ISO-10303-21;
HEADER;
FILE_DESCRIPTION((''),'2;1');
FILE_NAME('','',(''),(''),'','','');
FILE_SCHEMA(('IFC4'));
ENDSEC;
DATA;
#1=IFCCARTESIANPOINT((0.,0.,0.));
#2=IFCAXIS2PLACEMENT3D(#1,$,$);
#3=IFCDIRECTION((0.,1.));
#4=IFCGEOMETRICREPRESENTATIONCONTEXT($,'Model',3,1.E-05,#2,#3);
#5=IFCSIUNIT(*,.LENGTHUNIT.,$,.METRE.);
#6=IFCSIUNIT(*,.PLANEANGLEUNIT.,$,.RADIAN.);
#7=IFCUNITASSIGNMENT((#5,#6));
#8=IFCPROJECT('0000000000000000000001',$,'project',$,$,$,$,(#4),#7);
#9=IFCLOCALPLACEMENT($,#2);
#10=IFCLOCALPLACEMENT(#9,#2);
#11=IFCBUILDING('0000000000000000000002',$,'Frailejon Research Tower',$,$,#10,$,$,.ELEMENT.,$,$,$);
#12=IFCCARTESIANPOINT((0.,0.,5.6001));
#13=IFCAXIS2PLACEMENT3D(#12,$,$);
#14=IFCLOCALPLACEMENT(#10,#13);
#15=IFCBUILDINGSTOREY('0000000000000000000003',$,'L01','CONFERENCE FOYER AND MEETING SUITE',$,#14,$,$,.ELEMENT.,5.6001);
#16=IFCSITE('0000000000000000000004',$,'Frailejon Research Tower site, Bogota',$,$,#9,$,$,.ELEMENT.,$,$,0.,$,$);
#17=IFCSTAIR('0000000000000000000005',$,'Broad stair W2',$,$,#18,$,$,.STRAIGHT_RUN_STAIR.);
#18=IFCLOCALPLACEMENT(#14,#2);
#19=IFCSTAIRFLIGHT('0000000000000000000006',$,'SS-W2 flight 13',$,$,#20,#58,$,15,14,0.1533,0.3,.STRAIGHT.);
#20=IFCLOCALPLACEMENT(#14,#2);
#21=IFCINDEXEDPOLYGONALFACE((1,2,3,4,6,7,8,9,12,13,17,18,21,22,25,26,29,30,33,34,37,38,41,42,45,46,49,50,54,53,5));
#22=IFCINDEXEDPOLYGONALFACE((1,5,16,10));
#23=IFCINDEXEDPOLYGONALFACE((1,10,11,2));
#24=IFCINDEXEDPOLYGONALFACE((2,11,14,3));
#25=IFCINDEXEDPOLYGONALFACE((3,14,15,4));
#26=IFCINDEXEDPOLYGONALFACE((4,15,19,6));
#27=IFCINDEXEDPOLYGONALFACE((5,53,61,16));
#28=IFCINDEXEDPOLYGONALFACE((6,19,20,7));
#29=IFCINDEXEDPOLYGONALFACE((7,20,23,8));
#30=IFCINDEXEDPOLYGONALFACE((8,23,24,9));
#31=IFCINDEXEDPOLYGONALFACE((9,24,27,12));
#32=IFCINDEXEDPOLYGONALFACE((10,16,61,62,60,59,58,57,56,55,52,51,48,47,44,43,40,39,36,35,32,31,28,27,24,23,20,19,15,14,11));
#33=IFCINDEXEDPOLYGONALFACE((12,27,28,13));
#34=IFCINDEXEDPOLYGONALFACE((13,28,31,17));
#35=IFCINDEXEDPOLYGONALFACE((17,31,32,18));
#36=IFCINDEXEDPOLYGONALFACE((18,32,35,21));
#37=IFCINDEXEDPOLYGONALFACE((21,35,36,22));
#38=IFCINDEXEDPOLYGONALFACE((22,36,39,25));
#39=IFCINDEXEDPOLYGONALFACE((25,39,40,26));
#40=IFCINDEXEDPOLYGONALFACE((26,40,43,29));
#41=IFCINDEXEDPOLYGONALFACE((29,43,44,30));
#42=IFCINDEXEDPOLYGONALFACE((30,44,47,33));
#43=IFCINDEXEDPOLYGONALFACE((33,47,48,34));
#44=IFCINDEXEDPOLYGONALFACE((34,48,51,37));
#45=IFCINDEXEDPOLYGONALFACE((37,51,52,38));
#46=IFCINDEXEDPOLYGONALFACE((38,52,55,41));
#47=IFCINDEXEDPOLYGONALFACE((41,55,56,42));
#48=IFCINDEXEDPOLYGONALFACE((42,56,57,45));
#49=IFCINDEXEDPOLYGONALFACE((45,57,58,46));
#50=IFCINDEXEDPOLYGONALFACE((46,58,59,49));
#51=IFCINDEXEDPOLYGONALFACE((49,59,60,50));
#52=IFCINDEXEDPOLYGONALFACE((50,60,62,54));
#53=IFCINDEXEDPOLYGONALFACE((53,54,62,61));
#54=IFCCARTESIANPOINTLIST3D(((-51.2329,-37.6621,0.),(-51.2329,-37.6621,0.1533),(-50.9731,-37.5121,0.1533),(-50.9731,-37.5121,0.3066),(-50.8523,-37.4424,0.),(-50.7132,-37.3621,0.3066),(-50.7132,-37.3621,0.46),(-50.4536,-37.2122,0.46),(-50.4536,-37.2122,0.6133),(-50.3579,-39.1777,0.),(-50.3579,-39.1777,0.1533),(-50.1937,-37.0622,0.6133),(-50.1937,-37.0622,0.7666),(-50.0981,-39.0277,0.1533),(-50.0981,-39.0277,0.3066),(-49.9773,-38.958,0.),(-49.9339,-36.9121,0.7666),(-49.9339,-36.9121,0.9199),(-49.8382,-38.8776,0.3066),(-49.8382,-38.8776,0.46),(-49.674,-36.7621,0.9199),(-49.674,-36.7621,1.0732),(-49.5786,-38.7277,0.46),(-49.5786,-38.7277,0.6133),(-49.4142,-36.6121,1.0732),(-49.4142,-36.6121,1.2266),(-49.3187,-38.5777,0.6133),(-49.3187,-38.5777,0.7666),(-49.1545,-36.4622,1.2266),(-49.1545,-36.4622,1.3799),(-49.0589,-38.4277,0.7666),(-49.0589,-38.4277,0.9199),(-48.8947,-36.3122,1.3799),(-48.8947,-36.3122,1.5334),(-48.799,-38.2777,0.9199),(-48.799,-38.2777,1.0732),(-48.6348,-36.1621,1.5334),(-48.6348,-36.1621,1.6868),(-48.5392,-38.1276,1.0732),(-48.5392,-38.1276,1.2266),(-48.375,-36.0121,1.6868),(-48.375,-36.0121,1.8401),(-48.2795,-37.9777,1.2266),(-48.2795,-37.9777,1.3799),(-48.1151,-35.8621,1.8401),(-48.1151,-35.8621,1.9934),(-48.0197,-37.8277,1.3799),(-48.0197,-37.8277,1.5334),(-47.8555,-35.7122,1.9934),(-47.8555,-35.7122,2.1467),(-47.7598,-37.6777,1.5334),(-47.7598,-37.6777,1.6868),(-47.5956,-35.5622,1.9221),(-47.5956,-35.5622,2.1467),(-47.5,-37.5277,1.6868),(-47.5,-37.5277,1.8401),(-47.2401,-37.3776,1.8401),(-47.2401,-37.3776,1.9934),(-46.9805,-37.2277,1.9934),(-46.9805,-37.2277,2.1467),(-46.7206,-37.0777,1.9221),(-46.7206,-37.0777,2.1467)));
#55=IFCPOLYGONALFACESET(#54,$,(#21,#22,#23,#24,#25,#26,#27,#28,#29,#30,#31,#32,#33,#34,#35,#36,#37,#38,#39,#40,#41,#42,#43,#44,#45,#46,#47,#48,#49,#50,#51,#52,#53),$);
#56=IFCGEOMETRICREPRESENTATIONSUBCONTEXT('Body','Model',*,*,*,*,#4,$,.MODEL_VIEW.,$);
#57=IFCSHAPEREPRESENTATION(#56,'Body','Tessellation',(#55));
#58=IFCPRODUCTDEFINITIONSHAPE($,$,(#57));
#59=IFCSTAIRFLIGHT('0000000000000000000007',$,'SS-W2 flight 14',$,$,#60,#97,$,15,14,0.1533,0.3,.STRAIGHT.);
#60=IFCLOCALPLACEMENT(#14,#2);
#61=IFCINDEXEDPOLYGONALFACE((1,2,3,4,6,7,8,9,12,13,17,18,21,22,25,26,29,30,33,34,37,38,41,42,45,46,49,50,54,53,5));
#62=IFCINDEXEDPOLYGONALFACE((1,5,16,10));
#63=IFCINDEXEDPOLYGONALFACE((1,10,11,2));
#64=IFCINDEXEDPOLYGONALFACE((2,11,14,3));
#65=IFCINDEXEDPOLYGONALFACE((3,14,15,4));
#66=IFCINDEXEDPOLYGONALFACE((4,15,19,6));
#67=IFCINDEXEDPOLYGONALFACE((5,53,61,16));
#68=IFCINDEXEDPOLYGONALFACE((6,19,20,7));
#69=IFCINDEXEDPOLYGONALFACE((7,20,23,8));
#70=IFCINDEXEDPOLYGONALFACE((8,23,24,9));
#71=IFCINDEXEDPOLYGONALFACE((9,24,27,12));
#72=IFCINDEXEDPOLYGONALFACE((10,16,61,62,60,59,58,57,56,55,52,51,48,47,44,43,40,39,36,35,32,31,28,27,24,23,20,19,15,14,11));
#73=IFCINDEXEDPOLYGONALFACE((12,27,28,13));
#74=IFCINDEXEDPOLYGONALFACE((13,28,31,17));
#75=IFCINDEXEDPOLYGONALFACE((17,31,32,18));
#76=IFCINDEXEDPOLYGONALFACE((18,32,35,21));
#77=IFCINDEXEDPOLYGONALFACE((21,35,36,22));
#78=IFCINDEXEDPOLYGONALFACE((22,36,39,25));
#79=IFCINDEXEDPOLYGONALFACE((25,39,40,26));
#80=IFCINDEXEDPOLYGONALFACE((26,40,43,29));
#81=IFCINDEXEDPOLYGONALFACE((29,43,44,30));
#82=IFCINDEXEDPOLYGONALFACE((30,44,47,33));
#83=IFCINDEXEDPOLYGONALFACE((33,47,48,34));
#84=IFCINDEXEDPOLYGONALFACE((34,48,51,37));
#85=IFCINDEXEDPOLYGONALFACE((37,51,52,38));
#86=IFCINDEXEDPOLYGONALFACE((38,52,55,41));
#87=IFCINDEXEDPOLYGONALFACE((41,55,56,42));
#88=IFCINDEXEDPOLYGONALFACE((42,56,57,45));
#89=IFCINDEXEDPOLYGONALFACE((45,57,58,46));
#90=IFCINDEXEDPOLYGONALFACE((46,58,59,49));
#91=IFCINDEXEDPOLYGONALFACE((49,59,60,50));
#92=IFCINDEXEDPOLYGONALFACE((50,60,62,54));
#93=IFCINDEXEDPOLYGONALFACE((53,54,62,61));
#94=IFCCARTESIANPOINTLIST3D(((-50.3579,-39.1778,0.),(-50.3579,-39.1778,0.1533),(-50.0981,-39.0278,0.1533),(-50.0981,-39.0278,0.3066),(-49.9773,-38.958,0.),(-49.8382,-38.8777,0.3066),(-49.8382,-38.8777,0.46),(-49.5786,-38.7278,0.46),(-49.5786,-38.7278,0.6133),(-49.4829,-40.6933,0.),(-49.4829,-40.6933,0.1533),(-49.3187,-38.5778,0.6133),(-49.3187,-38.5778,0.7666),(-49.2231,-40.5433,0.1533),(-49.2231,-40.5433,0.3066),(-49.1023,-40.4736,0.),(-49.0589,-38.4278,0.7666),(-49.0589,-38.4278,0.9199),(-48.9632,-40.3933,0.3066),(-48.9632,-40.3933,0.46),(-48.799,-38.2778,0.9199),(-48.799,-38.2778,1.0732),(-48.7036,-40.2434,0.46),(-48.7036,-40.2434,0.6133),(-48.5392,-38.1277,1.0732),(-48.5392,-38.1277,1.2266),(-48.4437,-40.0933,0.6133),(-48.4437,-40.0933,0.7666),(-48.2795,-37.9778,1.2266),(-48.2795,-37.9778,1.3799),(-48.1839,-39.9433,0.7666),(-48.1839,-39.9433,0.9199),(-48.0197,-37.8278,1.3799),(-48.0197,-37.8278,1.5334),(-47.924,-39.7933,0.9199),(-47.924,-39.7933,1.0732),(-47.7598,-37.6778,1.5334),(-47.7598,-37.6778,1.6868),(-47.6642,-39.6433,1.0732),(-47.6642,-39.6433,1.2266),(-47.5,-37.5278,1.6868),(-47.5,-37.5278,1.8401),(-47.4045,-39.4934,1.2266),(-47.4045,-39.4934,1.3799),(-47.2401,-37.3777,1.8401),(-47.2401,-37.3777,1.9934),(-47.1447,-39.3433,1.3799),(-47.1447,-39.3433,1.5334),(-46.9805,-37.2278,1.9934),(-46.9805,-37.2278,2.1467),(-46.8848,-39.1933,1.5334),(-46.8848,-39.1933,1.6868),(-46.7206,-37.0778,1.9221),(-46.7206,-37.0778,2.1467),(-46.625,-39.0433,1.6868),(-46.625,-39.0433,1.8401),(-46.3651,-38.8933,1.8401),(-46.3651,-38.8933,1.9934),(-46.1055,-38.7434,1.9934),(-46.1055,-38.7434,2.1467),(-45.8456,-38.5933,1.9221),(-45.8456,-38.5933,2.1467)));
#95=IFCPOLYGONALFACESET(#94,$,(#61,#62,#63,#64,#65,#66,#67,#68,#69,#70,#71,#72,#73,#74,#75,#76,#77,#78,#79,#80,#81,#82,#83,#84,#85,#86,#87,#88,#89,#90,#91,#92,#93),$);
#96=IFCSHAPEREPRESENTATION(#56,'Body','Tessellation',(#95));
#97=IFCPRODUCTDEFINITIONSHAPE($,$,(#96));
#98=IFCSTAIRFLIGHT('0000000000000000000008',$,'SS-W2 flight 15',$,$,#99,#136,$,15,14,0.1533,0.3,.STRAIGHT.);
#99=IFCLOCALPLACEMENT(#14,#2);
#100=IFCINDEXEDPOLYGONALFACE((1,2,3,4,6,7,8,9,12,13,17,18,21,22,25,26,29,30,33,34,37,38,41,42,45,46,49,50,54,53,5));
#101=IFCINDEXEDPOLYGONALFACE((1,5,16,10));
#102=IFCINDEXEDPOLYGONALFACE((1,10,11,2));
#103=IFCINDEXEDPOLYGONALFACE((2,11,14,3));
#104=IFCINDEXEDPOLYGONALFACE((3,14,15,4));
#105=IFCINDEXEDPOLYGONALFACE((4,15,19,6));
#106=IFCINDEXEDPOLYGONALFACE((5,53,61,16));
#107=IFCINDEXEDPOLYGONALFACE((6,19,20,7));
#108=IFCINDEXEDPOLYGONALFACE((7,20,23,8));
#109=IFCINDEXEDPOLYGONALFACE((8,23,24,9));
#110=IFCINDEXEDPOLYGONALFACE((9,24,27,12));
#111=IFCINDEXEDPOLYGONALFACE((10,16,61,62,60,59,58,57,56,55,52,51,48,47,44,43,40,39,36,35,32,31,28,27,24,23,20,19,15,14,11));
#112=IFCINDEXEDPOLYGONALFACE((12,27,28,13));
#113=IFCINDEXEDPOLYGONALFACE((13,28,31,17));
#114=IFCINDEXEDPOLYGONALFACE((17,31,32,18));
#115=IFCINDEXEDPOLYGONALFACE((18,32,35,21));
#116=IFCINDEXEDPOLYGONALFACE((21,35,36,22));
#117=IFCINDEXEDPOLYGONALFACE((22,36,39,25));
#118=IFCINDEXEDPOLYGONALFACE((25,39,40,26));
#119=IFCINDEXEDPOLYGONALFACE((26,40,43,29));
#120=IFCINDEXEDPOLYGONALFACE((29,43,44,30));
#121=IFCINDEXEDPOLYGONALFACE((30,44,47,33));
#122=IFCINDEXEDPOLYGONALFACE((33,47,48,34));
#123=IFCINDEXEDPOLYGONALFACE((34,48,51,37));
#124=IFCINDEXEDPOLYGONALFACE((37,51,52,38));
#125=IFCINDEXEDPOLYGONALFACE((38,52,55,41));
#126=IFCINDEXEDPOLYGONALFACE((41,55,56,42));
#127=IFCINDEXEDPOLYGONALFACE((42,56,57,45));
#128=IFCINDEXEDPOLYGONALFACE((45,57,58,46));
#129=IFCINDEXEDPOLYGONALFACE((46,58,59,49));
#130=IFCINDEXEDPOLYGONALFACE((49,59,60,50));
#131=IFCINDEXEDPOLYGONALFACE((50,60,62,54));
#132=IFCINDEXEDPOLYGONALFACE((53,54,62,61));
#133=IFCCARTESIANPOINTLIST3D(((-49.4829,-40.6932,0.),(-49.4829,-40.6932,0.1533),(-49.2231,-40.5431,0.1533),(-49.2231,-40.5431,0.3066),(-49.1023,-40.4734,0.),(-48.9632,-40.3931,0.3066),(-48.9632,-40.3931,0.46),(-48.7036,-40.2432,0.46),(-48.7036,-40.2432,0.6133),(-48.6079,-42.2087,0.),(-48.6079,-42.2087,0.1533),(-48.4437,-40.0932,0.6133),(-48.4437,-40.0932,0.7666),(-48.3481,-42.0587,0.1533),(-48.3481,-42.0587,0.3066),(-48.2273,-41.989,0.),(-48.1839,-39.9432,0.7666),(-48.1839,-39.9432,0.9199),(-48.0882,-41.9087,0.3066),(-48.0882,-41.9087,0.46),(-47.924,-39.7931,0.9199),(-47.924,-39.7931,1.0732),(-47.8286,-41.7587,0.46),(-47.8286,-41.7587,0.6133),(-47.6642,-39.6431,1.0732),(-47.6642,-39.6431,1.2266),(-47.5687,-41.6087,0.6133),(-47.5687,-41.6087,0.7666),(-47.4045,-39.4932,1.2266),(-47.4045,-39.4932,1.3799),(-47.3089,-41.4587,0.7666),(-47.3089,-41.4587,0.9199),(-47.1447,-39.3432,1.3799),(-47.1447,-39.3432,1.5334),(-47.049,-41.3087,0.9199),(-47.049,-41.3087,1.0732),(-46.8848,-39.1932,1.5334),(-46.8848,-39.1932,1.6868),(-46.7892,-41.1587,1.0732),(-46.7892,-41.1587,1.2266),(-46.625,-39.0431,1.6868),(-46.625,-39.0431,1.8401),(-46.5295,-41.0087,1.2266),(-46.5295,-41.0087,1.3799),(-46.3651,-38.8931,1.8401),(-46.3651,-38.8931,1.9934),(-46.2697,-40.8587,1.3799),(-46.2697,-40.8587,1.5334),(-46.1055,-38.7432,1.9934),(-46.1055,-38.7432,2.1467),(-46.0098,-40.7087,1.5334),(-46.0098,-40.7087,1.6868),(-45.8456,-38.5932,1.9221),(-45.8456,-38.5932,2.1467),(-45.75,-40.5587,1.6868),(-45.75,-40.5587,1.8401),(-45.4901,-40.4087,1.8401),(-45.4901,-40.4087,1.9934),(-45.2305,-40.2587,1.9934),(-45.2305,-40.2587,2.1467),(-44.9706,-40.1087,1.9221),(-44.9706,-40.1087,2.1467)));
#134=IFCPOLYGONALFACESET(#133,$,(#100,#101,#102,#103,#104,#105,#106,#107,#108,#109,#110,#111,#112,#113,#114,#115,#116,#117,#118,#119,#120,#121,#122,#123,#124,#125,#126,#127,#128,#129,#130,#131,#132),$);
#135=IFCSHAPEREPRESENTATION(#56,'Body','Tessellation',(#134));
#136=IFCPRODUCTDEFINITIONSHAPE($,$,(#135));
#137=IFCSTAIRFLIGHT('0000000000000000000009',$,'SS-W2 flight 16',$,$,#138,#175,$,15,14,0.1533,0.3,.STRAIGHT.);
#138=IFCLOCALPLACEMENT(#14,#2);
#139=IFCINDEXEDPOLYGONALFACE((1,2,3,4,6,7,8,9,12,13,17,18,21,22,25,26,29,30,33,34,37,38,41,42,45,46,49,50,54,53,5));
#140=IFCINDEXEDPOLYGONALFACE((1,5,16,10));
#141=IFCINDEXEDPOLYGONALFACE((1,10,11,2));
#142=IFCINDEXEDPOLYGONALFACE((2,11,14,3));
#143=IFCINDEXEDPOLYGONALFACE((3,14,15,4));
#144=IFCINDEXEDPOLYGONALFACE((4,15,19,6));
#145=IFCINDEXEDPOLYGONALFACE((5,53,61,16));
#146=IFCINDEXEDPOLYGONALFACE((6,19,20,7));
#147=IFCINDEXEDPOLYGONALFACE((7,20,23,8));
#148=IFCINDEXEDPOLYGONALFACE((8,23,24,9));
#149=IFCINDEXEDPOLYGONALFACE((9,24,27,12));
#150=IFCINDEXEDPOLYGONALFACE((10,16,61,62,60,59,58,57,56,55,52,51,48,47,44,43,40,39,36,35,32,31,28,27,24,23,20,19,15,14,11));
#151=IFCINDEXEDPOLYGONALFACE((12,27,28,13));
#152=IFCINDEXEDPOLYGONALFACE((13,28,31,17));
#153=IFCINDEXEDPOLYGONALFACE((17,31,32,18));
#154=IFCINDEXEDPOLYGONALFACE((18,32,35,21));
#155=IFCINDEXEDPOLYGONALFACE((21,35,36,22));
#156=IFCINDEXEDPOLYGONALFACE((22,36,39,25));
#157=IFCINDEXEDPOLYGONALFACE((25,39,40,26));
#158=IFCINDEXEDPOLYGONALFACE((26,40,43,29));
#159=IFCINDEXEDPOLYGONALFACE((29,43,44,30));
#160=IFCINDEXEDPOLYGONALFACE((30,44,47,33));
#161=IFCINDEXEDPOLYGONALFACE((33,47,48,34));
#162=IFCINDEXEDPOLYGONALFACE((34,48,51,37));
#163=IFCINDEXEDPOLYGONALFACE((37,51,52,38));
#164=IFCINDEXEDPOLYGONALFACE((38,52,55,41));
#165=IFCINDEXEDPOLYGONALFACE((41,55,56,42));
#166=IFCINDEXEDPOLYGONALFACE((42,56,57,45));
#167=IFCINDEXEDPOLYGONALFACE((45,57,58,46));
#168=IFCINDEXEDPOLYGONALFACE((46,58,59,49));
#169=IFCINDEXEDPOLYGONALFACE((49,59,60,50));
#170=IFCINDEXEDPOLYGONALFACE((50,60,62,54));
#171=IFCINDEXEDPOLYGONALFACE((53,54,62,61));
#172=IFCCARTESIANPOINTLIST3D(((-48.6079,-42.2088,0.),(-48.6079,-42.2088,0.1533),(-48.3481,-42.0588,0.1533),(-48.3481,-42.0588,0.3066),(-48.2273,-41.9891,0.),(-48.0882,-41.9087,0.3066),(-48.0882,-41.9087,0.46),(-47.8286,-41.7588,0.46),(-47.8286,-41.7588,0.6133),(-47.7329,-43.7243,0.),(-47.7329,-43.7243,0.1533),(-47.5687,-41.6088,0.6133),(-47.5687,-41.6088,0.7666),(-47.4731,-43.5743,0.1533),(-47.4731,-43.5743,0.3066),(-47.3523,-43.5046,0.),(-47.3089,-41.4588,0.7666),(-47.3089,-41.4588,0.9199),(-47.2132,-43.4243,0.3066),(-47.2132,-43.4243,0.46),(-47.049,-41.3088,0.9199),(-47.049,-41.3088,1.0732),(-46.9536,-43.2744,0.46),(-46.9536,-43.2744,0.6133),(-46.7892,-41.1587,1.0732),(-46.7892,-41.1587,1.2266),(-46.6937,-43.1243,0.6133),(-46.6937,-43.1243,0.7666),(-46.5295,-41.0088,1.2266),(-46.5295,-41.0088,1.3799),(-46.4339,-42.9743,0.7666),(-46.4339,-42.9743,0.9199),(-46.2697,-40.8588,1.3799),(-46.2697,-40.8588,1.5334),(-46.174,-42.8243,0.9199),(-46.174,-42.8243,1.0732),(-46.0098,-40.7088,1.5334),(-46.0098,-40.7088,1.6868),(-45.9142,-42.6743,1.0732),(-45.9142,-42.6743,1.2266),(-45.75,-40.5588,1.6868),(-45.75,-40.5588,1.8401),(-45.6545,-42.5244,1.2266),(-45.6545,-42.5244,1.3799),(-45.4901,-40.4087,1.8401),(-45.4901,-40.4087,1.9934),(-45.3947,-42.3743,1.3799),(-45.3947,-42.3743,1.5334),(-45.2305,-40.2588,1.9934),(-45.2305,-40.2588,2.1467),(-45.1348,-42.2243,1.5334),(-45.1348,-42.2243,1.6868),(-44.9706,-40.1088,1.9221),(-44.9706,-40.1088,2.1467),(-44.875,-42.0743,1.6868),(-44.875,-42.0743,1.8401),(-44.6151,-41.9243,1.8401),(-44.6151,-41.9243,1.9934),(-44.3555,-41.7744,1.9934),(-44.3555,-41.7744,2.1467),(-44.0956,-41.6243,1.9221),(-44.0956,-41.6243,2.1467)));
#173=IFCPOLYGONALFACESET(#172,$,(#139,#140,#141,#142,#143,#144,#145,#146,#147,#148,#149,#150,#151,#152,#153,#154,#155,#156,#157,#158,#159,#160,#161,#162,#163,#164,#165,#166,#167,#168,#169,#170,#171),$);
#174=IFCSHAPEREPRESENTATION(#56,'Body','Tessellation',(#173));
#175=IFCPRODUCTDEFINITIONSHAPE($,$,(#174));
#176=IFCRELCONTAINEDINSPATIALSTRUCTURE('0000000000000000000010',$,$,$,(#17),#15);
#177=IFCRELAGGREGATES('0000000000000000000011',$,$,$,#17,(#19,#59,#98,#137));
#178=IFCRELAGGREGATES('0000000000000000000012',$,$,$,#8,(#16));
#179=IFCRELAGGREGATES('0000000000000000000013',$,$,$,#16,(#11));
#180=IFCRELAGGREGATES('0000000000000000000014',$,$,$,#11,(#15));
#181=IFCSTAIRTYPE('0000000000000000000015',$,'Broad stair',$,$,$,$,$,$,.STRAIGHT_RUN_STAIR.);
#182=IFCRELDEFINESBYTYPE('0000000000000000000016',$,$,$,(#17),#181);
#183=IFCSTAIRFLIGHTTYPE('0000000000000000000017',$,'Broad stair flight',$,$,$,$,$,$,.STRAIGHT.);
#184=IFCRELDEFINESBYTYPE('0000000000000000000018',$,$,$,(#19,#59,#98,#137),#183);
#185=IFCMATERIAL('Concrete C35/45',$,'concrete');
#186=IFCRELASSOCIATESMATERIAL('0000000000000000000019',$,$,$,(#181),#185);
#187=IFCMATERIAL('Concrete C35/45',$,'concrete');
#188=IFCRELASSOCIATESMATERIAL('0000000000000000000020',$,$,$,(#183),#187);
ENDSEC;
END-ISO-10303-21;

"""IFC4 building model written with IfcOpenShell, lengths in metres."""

from ifc_helpers import new_model, si_unit, direction, frame, origin, place, context, subcontext, project, spatial, polyline, outline, extrude, material, type_object, element, aggregate, save


model = new_model("IFC4")

# Units and contexts
model_context = context("Model", 3, precision=1e-05, world=origin(), true_north=direction((0.0, 1.0)))
body_context = subcontext(model_context, "Body", "Model", "MODEL_VIEW")
ifc_project = project(units=[si_unit("LENGTHUNIT", "METRE"), si_unit("PLANEANGLEUNIT", "RADIAN")], contexts=[model_context])

# Site, building, storey
site_placement = place(None, origin())
site = spatial("IfcSite", under=ifc_project, at=site_placement, Name="Frailejon Research Tower site, Bogota", CompositionType="ELEMENT", RefElevation=0.0)
building_placement = place(site_placement, origin())
building = spatial("IfcBuilding", under=site, at=building_placement, Name="Frailejon Research Tower", CompositionType="ELEMENT")
storey_placement = place(building_placement, frame((0.0, 0.0, 5.6001)))
storey = spatial("IfcBuildingStorey", under=building, at=storey_placement, Name="L01", Description="CONFERENCE FOYER AND MEETING SUITE", CompositionType="ELEMENT", Elevation=5.6001)

# Stair, stair flights
ifc_material_1 = material(Name="Concrete C35/45", Category="concrete")
stair_type = type_object("IfcStairType", Name="Broad stair", PredefinedType="STRAIGHT_RUN_STAIR", material=ifc_material_1)
stair_placement = place(storey_placement, origin())
stair = element("IfcStair", 1, at=stair_placement, inside=storey, type_object=stair_type, Name="Broad stair W2", PredefinedType="STRAIGHT_RUN_STAIR")
ifc_material_2 = material(Name="Concrete C35/45", Category="concrete")
stair_flight_type = type_object("IfcStairFlightType", Name="Broad stair flight", PredefinedType="STRAIGHT", material=ifc_material_2)
stair_flight_1_placement = place(storey_placement, frame((-50.7954, -38.4199, 0.0), z_axis=(0.0, 0.0, 1.0), x_axis=(0.866025, 0.5, 0.0)))
stair_flight_1 = element("IfcStairFlight", 2, at=stair_flight_1_placement, type_object=stair_flight_type, Name="SS-W2 flight 13", NumberOfRisers=15, NumberOfTreads=14, PredefinedType="STRAIGHT", RiserHeight=0.1533, TreadLength=0.3, context=body_context, shape_type="SweptSolid", body=[
    extrude(outline(polyline([(0.0, 0.0), (0.0, 0.1533), (0.3, 0.1533), (0.3, 0.3066), (0.6001, 0.3066), (0.6001, 0.46), (0.8999, 0.46), (0.8999, 0.6133), (1.2, 0.6133), (1.2, 0.7666), (1.5, 0.7666), (1.5, 0.9199), (1.8, 0.9199), (1.8, 1.0732), (2.1001, 1.0732), (2.1001, 1.2266), (2.3999, 1.2266), (2.3999, 1.3799), (2.7, 1.3799), (2.7, 1.5334), (3.0, 1.5334), (3.0, 1.6868), (3.3, 1.6868), (3.3, 1.8401), (3.6001, 1.8401), (3.6001, 1.9934), (3.8999, 1.9934), (3.8999, 2.1467), (4.2, 2.1467), (4.2, 2.3), (4.2, 1.9221), (0.4395, 0.0), (0.0, 0.0)])), frame((0.0, 0.875, 0.0), z_axis=(0.0, -1.0, 0.0), x_axis=(1.0, 0.0, 0.0)), (0.0, 0.0, 1.0), 1.75),
])
stair_flight_2_placement = place(storey_placement, frame((-49.9204, -39.9355, 0.0), z_axis=(0.0, 0.0, 1.0), x_axis=(0.866025, 0.5, 0.0)))
stair_flight_2 = element("IfcStairFlight", 3, at=stair_flight_2_placement, type_object=stair_flight_type, Name="SS-W2 flight 14", NumberOfRisers=15, NumberOfTreads=14, PredefinedType="STRAIGHT", RiserHeight=0.1533, TreadLength=0.3, context=body_context, shape_type="SweptSolid", body=[
    extrude(outline(polyline([(0.0, 0.0), (0.0, 0.1533), (0.3, 0.1533), (0.3, 0.3066), (0.6001, 0.3066), (0.6001, 0.46), (0.8999, 0.46), (0.8999, 0.6133), (1.2, 0.6133), (1.2, 0.7666), (1.5, 0.7666), (1.5, 0.9199), (1.8, 0.9199), (1.8, 1.0732), (2.1001, 1.0732), (2.1001, 1.2266), (2.3999, 1.2266), (2.3999, 1.3799), (2.7, 1.3799), (2.7, 1.5334), (3.0, 1.5334), (3.0, 1.6868), (3.3, 1.6868), (3.3, 1.8401), (3.6001, 1.8401), (3.6001, 1.9934), (3.8999, 1.9934), (3.8999, 2.1467), (4.2, 2.1467), (4.2, 2.3), (4.2, 1.9221), (0.4395, 0.0), (0.0, 0.0)])), frame((0.0, 0.875, 0.0), z_axis=(0.0, -1.0, 0.0), x_axis=(1.0, 0.0, 0.0)), (0.0, 0.0, 1.0), 1.75),
])
stair_flight_3_placement = place(storey_placement, frame((-49.0454, -41.4509, 0.0), z_axis=(0.0, 0.0, 1.0), x_axis=(0.866025, 0.5, 0.0)))
stair_flight_3 = element("IfcStairFlight", 4, at=stair_flight_3_placement, type_object=stair_flight_type, Name="SS-W2 flight 15", NumberOfRisers=15, NumberOfTreads=14, PredefinedType="STRAIGHT", RiserHeight=0.1533, TreadLength=0.3, context=body_context, shape_type="SweptSolid", body=[
    extrude(outline(polyline([(0.0, 0.0), (0.0, 0.1533), (0.3, 0.1533), (0.3, 0.3066), (0.6001, 0.3066), (0.6001, 0.46), (0.8999, 0.46), (0.8999, 0.6133), (1.2, 0.6133), (1.2, 0.7666), (1.5, 0.7666), (1.5, 0.9199), (1.8, 0.9199), (1.8, 1.0732), (2.1001, 1.0732), (2.1001, 1.2266), (2.3999, 1.2266), (2.3999, 1.3799), (2.7, 1.3799), (2.7, 1.5334), (3.0, 1.5334), (3.0, 1.6868), (3.3, 1.6868), (3.3, 1.8401), (3.6001, 1.8401), (3.6001, 1.9934), (3.8999, 1.9934), (3.8999, 2.1467), (4.2, 2.1467), (4.2, 2.3), (4.2, 1.9221), (0.4395, 0.0), (0.0, 0.0)])), frame((0.0, 0.875, 0.0), z_axis=(0.0, -1.0, 0.0), x_axis=(1.0, 0.0, 0.0)), (0.0, 0.0, 1.0), 1.75),
])
stair_flight_4_placement = place(storey_placement, frame((-48.1704, -42.9666, 0.0), z_axis=(0.0, 0.0, 1.0), x_axis=(0.866025, 0.5, 0.0)))
stair_flight_4 = element("IfcStairFlight", 5, at=stair_flight_4_placement, type_object=stair_flight_type, Name="SS-W2 flight 16", NumberOfRisers=15, NumberOfTreads=14, PredefinedType="STRAIGHT", RiserHeight=0.1533, TreadLength=0.3, context=body_context, shape_type="SweptSolid", body=[
    extrude(outline(polyline([(0.0, 0.0), (0.0, 0.1533), (0.3, 0.1533), (0.3, 0.3066), (0.6001, 0.3066), (0.6001, 0.46), (0.8999, 0.46), (0.8999, 0.6133), (1.2, 0.6133), (1.2, 0.7666), (1.5, 0.7666), (1.5, 0.9199), (1.8, 0.9199), (1.8, 1.0732), (2.1001, 1.0732), (2.1001, 1.2266), (2.3999, 1.2266), (2.3999, 1.3799), (2.7, 1.3799), (2.7, 1.5334), (3.0, 1.5334), (3.0, 1.6868), (3.3, 1.6868), (3.3, 1.8401), (3.6001, 1.8401), (3.6001, 1.9934), (3.8999, 1.9934), (3.8999, 2.1467), (4.2, 2.1467), (4.2, 2.3), (4.2, 1.9221), (0.4395, 0.0), (0.0, 0.0)])), frame((0.0, 0.875, 0.0), z_axis=(0.0, -1.0, 0.0), x_axis=(1.0, 0.0, 0.0)), (0.0, 0.0, 1.0), 1.75),
])
aggregate(stair, [stair_flight_1, stair_flight_2, stair_flight_3, stair_flight_4])

save(model, "model.ifc")
